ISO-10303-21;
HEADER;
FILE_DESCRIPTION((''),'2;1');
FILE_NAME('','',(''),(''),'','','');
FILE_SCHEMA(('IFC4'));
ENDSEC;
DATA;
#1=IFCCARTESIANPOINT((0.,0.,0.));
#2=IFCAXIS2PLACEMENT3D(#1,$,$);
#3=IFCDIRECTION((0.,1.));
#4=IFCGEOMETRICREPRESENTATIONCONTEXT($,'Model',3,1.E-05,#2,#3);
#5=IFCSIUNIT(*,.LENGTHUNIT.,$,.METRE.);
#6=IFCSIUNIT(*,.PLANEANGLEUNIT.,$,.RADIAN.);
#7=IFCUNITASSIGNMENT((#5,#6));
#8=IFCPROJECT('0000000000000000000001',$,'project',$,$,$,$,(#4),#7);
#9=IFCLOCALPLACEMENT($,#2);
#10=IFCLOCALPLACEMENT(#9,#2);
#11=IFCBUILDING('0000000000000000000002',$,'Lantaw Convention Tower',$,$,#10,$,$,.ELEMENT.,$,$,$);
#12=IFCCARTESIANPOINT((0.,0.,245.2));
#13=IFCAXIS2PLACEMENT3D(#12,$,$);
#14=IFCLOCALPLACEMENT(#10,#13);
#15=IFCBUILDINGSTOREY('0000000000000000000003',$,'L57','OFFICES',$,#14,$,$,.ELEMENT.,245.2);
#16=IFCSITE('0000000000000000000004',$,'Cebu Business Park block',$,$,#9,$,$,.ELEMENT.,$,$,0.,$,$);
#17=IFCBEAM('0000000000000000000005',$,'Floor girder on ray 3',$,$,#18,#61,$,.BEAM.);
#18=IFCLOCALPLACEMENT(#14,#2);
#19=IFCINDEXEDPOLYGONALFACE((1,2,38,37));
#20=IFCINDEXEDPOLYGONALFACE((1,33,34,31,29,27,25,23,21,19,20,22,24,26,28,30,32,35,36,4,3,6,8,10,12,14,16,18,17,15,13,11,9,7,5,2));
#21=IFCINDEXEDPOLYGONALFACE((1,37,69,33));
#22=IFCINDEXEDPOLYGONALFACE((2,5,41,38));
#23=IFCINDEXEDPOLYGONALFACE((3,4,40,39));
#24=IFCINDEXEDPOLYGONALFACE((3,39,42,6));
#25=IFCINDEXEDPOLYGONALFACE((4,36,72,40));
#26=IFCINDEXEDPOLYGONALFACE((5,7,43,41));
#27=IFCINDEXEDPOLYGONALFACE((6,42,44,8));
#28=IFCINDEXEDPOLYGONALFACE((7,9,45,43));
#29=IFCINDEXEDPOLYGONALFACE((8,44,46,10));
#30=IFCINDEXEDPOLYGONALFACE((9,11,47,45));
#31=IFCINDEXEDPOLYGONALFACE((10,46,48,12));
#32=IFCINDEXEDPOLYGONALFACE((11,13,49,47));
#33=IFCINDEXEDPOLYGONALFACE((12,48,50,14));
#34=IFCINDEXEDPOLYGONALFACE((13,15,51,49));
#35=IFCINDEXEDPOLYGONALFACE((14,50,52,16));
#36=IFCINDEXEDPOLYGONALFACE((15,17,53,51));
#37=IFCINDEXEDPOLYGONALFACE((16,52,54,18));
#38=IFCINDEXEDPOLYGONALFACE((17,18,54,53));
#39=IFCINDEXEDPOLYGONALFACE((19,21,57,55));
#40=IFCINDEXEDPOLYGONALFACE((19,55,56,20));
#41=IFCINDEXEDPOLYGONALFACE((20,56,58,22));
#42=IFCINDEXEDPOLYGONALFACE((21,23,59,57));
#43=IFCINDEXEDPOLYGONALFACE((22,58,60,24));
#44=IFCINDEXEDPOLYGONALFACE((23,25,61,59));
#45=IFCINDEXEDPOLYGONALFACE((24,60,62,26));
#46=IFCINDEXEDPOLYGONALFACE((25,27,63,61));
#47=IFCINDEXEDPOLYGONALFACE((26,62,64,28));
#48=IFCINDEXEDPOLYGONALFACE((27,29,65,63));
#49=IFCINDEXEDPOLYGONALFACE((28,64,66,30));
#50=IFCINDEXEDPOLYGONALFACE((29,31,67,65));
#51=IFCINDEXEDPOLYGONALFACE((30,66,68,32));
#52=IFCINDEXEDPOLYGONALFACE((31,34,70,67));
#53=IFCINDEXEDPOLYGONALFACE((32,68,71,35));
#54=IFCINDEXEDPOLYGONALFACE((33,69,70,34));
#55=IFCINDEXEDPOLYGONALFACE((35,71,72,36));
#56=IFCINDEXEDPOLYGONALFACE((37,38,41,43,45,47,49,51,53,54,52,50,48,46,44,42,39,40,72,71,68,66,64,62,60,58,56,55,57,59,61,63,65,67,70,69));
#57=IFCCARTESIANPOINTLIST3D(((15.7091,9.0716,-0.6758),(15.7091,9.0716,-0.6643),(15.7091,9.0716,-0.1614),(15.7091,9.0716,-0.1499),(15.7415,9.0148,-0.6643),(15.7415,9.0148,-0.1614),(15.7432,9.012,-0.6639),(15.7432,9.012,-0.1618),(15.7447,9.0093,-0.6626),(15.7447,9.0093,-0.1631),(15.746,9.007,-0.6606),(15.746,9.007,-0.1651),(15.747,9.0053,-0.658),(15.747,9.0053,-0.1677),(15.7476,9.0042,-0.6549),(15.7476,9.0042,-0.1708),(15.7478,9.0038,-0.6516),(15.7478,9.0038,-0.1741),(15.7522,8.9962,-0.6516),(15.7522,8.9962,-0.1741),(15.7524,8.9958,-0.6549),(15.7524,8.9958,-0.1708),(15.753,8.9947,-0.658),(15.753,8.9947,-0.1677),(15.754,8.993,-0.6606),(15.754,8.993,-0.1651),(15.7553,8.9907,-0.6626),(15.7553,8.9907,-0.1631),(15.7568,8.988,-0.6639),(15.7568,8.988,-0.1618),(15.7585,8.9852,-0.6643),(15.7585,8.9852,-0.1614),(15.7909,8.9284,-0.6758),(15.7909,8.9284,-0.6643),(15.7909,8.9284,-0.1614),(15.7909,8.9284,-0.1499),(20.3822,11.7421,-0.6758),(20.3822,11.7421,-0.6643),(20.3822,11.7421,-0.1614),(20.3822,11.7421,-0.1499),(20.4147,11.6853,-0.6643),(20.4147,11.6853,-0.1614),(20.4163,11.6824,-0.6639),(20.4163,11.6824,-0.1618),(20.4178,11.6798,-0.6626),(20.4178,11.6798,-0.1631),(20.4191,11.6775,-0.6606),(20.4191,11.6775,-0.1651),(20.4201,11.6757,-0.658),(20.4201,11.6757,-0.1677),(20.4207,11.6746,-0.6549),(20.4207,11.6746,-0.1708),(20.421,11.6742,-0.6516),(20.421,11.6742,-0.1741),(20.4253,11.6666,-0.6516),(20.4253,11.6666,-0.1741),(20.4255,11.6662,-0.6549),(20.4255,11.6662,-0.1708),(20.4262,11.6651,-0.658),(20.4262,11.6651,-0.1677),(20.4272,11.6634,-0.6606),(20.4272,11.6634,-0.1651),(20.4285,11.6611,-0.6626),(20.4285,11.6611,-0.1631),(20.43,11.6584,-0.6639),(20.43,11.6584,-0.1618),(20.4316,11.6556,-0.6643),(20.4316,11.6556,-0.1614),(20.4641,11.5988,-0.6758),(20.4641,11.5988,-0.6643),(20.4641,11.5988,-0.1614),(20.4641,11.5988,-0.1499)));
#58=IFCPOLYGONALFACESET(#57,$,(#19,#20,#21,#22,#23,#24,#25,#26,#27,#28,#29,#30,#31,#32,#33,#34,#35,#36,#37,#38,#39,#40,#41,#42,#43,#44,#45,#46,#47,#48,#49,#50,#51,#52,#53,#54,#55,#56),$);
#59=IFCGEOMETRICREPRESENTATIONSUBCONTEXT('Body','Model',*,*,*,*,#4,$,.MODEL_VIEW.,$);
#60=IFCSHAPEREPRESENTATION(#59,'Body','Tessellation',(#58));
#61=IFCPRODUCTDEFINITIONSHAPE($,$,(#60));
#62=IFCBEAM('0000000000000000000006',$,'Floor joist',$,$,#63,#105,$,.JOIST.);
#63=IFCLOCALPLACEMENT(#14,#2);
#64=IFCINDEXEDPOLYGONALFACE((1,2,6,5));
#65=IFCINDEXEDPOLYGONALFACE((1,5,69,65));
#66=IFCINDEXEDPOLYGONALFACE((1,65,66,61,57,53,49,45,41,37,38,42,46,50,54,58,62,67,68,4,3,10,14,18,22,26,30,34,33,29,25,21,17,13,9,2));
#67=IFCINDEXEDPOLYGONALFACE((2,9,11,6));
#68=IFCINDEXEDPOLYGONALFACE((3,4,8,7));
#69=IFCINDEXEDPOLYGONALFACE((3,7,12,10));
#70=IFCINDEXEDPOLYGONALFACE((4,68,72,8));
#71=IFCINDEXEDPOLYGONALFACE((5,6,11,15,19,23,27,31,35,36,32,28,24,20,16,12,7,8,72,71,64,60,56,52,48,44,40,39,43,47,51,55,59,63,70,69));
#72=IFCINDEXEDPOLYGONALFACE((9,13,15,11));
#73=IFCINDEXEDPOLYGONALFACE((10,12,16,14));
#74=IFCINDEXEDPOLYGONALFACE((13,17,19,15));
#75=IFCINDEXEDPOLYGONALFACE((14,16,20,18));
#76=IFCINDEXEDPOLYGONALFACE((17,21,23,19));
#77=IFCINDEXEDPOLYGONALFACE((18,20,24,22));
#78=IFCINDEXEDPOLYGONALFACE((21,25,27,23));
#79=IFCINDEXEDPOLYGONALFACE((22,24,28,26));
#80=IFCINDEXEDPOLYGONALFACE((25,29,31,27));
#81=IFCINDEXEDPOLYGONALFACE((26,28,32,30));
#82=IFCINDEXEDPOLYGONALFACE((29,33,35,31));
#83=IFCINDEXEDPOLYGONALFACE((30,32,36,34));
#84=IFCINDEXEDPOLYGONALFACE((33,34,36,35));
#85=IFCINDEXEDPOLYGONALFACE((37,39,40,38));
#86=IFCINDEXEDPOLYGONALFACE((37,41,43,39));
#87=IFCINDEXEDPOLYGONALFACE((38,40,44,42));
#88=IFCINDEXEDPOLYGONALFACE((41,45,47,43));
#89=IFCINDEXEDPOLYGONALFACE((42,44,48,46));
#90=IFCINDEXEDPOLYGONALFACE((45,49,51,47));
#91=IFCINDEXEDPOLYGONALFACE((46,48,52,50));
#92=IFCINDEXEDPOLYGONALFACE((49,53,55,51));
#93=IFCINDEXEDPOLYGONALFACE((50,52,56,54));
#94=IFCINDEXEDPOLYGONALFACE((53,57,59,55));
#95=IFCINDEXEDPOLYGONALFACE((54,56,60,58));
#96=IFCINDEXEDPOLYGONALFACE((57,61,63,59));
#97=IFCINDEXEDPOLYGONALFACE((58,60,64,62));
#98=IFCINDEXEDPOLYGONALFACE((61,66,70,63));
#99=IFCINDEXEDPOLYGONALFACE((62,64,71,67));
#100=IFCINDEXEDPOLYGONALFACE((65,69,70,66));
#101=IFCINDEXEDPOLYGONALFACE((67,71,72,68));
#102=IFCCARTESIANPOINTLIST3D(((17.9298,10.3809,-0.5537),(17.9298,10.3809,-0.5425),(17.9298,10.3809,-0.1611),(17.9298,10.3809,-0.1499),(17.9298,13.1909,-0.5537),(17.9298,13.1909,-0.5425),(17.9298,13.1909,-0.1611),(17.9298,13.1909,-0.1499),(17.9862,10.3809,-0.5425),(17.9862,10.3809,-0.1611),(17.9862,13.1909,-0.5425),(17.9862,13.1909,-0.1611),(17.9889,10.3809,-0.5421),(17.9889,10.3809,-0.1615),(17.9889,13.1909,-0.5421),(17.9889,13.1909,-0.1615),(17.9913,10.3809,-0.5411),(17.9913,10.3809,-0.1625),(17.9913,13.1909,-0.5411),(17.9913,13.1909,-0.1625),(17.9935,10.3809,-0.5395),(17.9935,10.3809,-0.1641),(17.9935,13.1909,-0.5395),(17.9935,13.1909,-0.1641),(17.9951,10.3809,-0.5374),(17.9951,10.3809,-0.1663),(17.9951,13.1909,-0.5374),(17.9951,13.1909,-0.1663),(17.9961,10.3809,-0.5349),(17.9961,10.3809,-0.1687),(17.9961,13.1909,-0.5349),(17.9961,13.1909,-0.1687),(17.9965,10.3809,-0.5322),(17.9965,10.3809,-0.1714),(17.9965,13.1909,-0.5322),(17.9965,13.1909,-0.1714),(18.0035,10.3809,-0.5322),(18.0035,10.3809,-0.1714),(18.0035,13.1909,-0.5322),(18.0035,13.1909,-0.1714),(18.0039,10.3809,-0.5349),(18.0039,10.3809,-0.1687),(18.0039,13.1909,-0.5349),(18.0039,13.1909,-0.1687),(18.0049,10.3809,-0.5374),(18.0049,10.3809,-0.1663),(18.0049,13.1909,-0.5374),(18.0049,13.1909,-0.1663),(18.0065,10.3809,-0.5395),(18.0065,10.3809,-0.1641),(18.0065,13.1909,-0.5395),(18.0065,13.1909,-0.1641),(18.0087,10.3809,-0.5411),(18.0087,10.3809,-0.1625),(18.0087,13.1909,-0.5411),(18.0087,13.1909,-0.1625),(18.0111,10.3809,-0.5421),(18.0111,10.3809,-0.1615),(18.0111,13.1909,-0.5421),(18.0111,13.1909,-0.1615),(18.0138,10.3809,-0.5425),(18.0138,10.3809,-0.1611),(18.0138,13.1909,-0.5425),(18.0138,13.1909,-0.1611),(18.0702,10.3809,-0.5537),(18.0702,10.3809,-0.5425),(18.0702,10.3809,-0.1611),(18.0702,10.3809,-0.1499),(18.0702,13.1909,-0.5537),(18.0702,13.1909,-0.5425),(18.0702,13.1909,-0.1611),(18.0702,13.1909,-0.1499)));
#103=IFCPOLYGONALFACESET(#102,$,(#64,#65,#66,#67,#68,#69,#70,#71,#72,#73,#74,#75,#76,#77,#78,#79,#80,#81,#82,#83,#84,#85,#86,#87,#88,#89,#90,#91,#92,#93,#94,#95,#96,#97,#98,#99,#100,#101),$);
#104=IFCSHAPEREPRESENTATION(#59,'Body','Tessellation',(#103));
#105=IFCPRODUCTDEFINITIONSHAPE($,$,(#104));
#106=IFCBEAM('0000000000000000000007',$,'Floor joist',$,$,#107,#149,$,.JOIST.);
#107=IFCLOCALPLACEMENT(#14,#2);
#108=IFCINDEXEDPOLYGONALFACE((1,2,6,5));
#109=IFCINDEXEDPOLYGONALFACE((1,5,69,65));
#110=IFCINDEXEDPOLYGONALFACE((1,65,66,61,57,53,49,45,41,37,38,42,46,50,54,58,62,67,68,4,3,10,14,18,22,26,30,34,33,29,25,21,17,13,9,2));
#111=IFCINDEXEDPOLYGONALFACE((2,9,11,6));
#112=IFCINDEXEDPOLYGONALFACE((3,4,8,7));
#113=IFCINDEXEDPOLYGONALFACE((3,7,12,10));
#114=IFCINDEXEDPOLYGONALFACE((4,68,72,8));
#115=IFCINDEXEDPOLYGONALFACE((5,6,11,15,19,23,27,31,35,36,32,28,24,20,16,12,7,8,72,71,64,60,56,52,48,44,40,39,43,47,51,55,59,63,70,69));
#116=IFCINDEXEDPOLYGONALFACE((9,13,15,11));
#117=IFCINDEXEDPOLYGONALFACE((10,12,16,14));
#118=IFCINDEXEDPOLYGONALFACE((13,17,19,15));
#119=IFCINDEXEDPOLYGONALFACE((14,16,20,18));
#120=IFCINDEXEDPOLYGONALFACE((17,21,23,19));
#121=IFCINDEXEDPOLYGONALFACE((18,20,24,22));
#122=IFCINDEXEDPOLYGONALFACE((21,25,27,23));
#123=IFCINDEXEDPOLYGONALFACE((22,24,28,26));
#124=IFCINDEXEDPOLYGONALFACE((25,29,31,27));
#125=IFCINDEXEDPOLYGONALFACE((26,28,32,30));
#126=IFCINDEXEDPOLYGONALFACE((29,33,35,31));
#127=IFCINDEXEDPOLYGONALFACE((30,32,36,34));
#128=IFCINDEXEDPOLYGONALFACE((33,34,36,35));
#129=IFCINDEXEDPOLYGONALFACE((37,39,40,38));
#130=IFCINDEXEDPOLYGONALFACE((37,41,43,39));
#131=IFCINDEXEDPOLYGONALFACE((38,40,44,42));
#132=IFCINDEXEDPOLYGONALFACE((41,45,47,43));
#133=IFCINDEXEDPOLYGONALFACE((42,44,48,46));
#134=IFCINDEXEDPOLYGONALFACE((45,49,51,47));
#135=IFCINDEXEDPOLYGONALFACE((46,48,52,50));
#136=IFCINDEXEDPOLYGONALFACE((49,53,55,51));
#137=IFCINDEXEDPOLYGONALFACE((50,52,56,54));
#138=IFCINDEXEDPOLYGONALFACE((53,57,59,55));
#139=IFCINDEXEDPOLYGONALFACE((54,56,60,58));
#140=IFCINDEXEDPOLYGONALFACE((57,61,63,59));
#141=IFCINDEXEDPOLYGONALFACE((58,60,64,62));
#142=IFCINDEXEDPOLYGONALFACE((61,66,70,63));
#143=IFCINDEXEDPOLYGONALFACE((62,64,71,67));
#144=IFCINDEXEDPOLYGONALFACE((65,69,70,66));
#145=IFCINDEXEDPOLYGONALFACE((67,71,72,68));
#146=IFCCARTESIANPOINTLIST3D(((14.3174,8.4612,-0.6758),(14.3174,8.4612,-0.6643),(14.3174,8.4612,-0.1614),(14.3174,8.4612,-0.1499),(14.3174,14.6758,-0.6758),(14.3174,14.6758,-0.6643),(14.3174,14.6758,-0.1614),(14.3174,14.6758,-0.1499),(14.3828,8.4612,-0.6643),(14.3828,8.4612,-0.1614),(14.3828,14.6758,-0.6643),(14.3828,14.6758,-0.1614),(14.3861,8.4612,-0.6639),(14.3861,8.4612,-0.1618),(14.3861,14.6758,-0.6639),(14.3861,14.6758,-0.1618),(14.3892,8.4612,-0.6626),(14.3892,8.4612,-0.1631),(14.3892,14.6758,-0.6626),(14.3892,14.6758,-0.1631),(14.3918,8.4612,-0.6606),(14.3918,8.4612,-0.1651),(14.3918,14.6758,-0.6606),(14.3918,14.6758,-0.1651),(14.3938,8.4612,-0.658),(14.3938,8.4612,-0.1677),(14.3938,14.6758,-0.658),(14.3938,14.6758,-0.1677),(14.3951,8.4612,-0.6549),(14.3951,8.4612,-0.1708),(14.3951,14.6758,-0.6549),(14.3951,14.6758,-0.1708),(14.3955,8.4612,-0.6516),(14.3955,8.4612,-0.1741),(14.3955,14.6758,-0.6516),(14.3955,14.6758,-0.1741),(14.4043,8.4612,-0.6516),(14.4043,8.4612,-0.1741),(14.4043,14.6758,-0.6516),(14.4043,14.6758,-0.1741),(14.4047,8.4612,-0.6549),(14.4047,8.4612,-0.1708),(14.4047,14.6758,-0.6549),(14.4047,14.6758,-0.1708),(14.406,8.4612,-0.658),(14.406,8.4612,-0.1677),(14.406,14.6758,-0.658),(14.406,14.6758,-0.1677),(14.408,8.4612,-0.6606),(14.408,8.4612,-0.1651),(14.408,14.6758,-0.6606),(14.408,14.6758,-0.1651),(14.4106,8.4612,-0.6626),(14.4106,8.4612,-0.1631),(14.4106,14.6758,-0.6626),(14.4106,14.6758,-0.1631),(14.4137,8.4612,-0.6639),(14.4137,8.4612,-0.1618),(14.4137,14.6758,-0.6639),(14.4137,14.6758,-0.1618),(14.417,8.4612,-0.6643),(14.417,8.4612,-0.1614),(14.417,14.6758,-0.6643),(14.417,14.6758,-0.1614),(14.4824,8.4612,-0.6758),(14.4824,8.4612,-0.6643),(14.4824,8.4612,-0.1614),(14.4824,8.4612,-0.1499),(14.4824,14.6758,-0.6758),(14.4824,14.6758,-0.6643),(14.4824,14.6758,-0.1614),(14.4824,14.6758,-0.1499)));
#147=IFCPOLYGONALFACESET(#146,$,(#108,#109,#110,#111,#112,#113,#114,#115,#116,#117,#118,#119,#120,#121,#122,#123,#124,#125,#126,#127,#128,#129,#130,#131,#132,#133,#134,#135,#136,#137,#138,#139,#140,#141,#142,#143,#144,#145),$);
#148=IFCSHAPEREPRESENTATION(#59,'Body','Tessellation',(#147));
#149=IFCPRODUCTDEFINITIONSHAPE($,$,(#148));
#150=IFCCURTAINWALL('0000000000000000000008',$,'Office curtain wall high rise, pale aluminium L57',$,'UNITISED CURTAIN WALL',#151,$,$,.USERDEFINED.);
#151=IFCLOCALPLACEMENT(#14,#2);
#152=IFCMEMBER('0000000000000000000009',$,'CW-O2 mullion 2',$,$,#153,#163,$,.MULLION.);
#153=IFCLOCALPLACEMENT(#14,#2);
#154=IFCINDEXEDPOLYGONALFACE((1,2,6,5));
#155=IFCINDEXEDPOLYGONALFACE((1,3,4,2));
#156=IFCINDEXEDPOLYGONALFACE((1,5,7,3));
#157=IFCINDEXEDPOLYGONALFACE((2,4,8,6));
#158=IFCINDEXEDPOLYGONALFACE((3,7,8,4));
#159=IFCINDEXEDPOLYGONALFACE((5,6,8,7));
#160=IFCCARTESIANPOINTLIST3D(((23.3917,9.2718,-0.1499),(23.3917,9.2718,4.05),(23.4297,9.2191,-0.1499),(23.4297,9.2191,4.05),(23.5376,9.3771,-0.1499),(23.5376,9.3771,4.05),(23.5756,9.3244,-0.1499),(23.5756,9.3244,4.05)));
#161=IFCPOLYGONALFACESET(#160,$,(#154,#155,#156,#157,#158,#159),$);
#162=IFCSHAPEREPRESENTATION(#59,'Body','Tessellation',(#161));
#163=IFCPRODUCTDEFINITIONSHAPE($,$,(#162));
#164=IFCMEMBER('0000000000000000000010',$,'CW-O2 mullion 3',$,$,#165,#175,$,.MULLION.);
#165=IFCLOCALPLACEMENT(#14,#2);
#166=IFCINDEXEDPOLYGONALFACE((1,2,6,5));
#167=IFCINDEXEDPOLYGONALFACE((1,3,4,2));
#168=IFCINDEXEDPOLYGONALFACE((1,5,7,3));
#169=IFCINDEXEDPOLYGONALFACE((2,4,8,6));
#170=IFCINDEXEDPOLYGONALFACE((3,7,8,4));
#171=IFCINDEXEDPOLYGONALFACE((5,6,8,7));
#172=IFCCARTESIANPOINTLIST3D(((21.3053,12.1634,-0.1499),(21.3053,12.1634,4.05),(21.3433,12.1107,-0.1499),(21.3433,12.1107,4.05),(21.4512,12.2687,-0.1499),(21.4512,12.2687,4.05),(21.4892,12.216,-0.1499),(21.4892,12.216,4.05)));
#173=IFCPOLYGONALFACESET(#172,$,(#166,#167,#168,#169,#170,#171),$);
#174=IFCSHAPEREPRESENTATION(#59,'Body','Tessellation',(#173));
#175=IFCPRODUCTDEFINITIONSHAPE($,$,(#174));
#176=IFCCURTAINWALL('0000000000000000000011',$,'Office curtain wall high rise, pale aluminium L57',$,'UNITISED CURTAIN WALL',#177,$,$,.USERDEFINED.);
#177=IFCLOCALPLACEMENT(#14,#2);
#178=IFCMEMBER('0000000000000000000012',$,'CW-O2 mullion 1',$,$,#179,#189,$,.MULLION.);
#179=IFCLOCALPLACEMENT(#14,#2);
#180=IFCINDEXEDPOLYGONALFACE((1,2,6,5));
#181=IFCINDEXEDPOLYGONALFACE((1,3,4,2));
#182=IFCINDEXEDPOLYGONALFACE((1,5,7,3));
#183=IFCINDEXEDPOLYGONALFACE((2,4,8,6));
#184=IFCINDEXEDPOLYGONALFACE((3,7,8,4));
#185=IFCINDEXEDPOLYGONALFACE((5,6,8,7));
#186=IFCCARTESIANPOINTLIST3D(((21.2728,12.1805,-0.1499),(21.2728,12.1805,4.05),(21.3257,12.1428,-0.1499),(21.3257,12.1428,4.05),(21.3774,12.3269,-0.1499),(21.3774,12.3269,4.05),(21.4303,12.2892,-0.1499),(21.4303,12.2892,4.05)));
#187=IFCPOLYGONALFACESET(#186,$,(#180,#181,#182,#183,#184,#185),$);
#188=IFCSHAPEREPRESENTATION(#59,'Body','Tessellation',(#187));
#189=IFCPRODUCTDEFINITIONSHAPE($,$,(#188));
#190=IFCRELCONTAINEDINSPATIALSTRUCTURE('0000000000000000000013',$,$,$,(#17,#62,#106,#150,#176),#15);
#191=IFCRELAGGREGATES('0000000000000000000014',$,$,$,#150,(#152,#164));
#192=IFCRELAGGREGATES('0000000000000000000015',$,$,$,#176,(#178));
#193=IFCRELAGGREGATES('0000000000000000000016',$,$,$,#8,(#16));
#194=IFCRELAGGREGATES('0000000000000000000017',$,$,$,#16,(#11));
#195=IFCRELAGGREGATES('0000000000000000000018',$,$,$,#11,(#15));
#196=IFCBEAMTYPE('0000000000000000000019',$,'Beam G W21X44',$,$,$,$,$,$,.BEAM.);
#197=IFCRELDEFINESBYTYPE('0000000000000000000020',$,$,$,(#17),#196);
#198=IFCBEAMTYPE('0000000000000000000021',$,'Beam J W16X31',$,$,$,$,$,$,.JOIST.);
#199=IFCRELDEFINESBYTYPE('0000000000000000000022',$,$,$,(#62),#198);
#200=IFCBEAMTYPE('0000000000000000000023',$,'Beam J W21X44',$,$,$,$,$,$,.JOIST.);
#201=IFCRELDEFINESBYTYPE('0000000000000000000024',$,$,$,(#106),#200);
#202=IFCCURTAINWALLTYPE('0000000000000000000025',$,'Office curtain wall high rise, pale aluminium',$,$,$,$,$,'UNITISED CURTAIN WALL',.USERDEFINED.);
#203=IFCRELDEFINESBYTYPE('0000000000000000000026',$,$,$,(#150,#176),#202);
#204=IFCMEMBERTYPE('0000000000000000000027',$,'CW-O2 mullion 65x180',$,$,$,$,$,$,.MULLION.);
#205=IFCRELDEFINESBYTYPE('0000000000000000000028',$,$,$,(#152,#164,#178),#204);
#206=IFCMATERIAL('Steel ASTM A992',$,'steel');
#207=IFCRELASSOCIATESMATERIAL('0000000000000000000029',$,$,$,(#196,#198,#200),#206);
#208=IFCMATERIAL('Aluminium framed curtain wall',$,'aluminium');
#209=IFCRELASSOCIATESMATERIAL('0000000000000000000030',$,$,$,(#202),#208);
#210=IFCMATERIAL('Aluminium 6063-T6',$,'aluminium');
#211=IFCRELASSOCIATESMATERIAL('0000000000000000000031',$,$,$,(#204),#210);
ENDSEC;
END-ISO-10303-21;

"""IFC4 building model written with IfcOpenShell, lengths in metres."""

from ifc_helpers import new_model, si_unit, direction, frame, origin, origin_2d, place, context, subcontext, project, spatial, rectangle, i_section, extrude, material, material_profile, profile_set, type_object, element, aggregate, save


model = new_model("IFC4")

# Units and contexts
model_context = context("Model", 3, precision=1e-05, world=origin(), true_north=direction((0.0, 1.0)))
body_context = subcontext(model_context, "Body", "Model", "MODEL_VIEW")
ifc_project = project(units=[si_unit("LENGTHUNIT", "METRE"), si_unit("PLANEANGLEUNIT", "RADIAN")], contexts=[model_context])

# Site, building, storey
site_placement = place(None, origin())
site = spatial("IfcSite", under=ifc_project, at=site_placement, Name="Cebu Business Park block", CompositionType="ELEMENT", RefElevation=0.0)
building_placement = place(site_placement, origin())
building = spatial("IfcBuilding", under=site, at=building_placement, Name="Lantaw Convention Tower", CompositionType="ELEMENT")
storey_placement = place(building_placement, frame((0.0, 0.0, 245.2)))
storey = spatial("IfcBuildingStorey", under=building, at=storey_placement, Name="L57", Description="OFFICES", CompositionType="ELEMENT", Elevation=245.2)

# Beams
ifc_material_1 = material(Name="Steel ASTM A992", Category="steel")
ifc_material_profile_1 = material_profile(ifc_material_1, i_section(OverallWidth=0.165, OverallDepth=0.5259, WebThickness=0.0088, FlangeThickness=0.0115, FilletRadius=0.0127, at=origin_2d()), Name="W21X44")
ifc_profile_set_1 = profile_set([ifc_material_profile_1], Name="Steel ASTM A992")
beam_type_1 = type_object("IfcBeamType", Name="Beam G W21X44", PredefinedType="BEAM", material=ifc_profile_set_1)
beam_1_placement = place(storey_placement, frame((15.75, 9.0, -0.4128), z_axis=(0.868238, 0.496149, 0.0), x_axis=(-0.496149, 0.868238, 0.0)))
element("IfcBeam", 1, at=beam_1_placement, inside=storey, type_object=beam_type_1, Name="Floor girder on ray 3", PredefinedType="BEAM", context=body_context, shape_type="SweptSolid", body=[
    extrude(i_section(OverallWidth=0.165, OverallDepth=0.5259, WebThickness=0.0088, FlangeThickness=0.0115, FilletRadius=0.0127, at=origin_2d()), origin(), (0.0, 0.0, 1.0), 5.3823),
])
ifc_material_profile_2 = material_profile(ifc_material_1, i_section(OverallWidth=0.1404, OverallDepth=0.4038, WebThickness=0.0071, FlangeThickness=0.0112, FilletRadius=0.0103, at=origin_2d()), Name="W16X31")
ifc_profile_set_2 = profile_set([ifc_material_profile_2], Name="Steel ASTM A992")
beam_type_2 = type_object("IfcBeamType", Name="Beam J W16X31", PredefinedType="JOIST", material=ifc_profile_set_2)
beam_2_placement = place(storey_placement, frame((18.0, 10.3809, -0.3518), z_axis=(0.0, 1.0, 0.0), x_axis=(-1.0, 0.0, 0.0)))
element("IfcBeam", 2, at=beam_2_placement, inside=storey, type_object=beam_type_2, Name="Floor joist", PredefinedType="JOIST", context=body_context, shape_type="SweptSolid", body=[
    extrude(i_section(OverallWidth=0.1404, OverallDepth=0.4038, WebThickness=0.0071, FlangeThickness=0.0112, FilletRadius=0.0103, at=origin_2d()), origin(), (0.0, 0.0, 1.0), 2.8101),
])
ifc_material_profile_3 = material_profile(ifc_material_1, i_section(OverallWidth=0.165, OverallDepth=0.5259, WebThickness=0.0088, FlangeThickness=0.0115, FilletRadius=0.0127, at=origin_2d()), Name="W21X44")
ifc_profile_set_3 = profile_set([ifc_material_profile_3], Name="Steel ASTM A992")
beam_type_3 = type_object("IfcBeamType", Name="Beam J W21X44", PredefinedType="JOIST", material=ifc_profile_set_3)
beam_3_placement = place(storey_placement, frame((14.3999, 8.4612, -0.4128), z_axis=(0.0, 1.0, 0.0), x_axis=(-1.0, 0.0, 0.0)))
element("IfcBeam", 3, at=beam_3_placement, inside=storey, type_object=beam_type_3, Name="Floor joist", PredefinedType="JOIST", context=body_context, shape_type="SweptSolid", body=[
    extrude(i_section(OverallWidth=0.165, OverallDepth=0.5259, WebThickness=0.0088, FlangeThickness=0.0115, FilletRadius=0.0127, at=origin_2d()), origin(), (0.0, 0.0, 1.0), 6.2146),
])

# Curtain walls, members
ifc_material_2 = material(Name="Aluminium framed curtain wall", Category="aluminium")
curtain_wall_type = type_object("IfcCurtainWallType", Name="Office curtain wall high rise, pale aluminium", ElementType="UNITISED CURTAIN WALL", PredefinedType="USERDEFINED", material=ifc_material_2)
curtain_wall_1_placement = place(storey_placement, origin())
curtain_wall_1 = element("IfcCurtainWall", 4, at=curtain_wall_1_placement, inside=storey, type_object=curtain_wall_type, Name="Office curtain wall high rise, pale aluminium L57", ObjectType="UNITISED CURTAIN WALL", PredefinedType="USERDEFINED")
ifc_material_3 = material(Name="Aluminium 6063-T6", Category="aluminium")
ifc_material_profile_4 = material_profile(ifc_material_3, rectangle(XDim=0.1799, YDim=0.0649, at=origin_2d()), Name="CW-O2 mullion 65x180")
ifc_profile_set_4 = profile_set([ifc_material_profile_4], Name="Aluminium 6063-T6")
member_type_1 = type_object("IfcMemberType", Name="CW-O2 mullion 65x180", PredefinedType="MULLION", material=ifc_profile_set_4)
member_1_placement = place(storey_placement, frame((23.4836, 9.2981, -0.1499), z_axis=(0.0, 0.0, 1.0), x_axis=(-0.81092, -0.585158, 0.0)))
member_1 = element("IfcMember", 5, at=member_1_placement, type_object=member_type_1, Name="CW-O2 mullion 2", PredefinedType="MULLION", context=body_context, shape_type="SweptSolid", body=[
    extrude(rectangle(XDim=0.1799, YDim=0.0649, at=origin_2d()), origin(), (0.0, 0.0, 1.0), 4.2),
])
member_2_placement = place(storey_placement, frame((21.3972, 12.1897, -0.1499), z_axis=(0.0, 0.0, 1.0), x_axis=(-0.81092, -0.585158, 0.0)))
member_2 = element("IfcMember", 6, at=member_2_placement, type_object=member_type_1, Name="CW-O2 mullion 3", PredefinedType="MULLION", context=body_context, shape_type="SweptSolid", body=[
    extrude(rectangle(XDim=0.1799, YDim=0.0649, at=origin_2d()), origin(), (0.0, 0.0, 1.0), 4.2),
])
curtain_wall_2_placement = place(storey_placement, origin())
curtain_wall_2 = element("IfcCurtainWall", 7, at=curtain_wall_2_placement, inside=storey, type_object=curtain_wall_type, Name="Office curtain wall high rise, pale aluminium L57", ObjectType="UNITISED CURTAIN WALL", PredefinedType="USERDEFINED")
member_3_placement = place(storey_placement, frame((21.3516, 12.2349, -0.1499), z_axis=(0.0, 0.0, 1.0), x_axis=(-0.581323, -0.813673, 0.0)))
member_3 = element("IfcMember", 8, at=member_3_placement, type_object=member_type_1, Name="CW-O2 mullion 1", PredefinedType="MULLION", context=body_context, shape_type="SweptSolid", body=[
    extrude(rectangle(XDim=0.1799, YDim=0.0649, at=origin_2d()), origin(), (0.0, 0.0, 1.0), 4.2),
])

aggregate(curtain_wall_1, [member_1, member_2])
aggregate(curtain_wall_2, [member_3])

save(model, "model.ifc")
